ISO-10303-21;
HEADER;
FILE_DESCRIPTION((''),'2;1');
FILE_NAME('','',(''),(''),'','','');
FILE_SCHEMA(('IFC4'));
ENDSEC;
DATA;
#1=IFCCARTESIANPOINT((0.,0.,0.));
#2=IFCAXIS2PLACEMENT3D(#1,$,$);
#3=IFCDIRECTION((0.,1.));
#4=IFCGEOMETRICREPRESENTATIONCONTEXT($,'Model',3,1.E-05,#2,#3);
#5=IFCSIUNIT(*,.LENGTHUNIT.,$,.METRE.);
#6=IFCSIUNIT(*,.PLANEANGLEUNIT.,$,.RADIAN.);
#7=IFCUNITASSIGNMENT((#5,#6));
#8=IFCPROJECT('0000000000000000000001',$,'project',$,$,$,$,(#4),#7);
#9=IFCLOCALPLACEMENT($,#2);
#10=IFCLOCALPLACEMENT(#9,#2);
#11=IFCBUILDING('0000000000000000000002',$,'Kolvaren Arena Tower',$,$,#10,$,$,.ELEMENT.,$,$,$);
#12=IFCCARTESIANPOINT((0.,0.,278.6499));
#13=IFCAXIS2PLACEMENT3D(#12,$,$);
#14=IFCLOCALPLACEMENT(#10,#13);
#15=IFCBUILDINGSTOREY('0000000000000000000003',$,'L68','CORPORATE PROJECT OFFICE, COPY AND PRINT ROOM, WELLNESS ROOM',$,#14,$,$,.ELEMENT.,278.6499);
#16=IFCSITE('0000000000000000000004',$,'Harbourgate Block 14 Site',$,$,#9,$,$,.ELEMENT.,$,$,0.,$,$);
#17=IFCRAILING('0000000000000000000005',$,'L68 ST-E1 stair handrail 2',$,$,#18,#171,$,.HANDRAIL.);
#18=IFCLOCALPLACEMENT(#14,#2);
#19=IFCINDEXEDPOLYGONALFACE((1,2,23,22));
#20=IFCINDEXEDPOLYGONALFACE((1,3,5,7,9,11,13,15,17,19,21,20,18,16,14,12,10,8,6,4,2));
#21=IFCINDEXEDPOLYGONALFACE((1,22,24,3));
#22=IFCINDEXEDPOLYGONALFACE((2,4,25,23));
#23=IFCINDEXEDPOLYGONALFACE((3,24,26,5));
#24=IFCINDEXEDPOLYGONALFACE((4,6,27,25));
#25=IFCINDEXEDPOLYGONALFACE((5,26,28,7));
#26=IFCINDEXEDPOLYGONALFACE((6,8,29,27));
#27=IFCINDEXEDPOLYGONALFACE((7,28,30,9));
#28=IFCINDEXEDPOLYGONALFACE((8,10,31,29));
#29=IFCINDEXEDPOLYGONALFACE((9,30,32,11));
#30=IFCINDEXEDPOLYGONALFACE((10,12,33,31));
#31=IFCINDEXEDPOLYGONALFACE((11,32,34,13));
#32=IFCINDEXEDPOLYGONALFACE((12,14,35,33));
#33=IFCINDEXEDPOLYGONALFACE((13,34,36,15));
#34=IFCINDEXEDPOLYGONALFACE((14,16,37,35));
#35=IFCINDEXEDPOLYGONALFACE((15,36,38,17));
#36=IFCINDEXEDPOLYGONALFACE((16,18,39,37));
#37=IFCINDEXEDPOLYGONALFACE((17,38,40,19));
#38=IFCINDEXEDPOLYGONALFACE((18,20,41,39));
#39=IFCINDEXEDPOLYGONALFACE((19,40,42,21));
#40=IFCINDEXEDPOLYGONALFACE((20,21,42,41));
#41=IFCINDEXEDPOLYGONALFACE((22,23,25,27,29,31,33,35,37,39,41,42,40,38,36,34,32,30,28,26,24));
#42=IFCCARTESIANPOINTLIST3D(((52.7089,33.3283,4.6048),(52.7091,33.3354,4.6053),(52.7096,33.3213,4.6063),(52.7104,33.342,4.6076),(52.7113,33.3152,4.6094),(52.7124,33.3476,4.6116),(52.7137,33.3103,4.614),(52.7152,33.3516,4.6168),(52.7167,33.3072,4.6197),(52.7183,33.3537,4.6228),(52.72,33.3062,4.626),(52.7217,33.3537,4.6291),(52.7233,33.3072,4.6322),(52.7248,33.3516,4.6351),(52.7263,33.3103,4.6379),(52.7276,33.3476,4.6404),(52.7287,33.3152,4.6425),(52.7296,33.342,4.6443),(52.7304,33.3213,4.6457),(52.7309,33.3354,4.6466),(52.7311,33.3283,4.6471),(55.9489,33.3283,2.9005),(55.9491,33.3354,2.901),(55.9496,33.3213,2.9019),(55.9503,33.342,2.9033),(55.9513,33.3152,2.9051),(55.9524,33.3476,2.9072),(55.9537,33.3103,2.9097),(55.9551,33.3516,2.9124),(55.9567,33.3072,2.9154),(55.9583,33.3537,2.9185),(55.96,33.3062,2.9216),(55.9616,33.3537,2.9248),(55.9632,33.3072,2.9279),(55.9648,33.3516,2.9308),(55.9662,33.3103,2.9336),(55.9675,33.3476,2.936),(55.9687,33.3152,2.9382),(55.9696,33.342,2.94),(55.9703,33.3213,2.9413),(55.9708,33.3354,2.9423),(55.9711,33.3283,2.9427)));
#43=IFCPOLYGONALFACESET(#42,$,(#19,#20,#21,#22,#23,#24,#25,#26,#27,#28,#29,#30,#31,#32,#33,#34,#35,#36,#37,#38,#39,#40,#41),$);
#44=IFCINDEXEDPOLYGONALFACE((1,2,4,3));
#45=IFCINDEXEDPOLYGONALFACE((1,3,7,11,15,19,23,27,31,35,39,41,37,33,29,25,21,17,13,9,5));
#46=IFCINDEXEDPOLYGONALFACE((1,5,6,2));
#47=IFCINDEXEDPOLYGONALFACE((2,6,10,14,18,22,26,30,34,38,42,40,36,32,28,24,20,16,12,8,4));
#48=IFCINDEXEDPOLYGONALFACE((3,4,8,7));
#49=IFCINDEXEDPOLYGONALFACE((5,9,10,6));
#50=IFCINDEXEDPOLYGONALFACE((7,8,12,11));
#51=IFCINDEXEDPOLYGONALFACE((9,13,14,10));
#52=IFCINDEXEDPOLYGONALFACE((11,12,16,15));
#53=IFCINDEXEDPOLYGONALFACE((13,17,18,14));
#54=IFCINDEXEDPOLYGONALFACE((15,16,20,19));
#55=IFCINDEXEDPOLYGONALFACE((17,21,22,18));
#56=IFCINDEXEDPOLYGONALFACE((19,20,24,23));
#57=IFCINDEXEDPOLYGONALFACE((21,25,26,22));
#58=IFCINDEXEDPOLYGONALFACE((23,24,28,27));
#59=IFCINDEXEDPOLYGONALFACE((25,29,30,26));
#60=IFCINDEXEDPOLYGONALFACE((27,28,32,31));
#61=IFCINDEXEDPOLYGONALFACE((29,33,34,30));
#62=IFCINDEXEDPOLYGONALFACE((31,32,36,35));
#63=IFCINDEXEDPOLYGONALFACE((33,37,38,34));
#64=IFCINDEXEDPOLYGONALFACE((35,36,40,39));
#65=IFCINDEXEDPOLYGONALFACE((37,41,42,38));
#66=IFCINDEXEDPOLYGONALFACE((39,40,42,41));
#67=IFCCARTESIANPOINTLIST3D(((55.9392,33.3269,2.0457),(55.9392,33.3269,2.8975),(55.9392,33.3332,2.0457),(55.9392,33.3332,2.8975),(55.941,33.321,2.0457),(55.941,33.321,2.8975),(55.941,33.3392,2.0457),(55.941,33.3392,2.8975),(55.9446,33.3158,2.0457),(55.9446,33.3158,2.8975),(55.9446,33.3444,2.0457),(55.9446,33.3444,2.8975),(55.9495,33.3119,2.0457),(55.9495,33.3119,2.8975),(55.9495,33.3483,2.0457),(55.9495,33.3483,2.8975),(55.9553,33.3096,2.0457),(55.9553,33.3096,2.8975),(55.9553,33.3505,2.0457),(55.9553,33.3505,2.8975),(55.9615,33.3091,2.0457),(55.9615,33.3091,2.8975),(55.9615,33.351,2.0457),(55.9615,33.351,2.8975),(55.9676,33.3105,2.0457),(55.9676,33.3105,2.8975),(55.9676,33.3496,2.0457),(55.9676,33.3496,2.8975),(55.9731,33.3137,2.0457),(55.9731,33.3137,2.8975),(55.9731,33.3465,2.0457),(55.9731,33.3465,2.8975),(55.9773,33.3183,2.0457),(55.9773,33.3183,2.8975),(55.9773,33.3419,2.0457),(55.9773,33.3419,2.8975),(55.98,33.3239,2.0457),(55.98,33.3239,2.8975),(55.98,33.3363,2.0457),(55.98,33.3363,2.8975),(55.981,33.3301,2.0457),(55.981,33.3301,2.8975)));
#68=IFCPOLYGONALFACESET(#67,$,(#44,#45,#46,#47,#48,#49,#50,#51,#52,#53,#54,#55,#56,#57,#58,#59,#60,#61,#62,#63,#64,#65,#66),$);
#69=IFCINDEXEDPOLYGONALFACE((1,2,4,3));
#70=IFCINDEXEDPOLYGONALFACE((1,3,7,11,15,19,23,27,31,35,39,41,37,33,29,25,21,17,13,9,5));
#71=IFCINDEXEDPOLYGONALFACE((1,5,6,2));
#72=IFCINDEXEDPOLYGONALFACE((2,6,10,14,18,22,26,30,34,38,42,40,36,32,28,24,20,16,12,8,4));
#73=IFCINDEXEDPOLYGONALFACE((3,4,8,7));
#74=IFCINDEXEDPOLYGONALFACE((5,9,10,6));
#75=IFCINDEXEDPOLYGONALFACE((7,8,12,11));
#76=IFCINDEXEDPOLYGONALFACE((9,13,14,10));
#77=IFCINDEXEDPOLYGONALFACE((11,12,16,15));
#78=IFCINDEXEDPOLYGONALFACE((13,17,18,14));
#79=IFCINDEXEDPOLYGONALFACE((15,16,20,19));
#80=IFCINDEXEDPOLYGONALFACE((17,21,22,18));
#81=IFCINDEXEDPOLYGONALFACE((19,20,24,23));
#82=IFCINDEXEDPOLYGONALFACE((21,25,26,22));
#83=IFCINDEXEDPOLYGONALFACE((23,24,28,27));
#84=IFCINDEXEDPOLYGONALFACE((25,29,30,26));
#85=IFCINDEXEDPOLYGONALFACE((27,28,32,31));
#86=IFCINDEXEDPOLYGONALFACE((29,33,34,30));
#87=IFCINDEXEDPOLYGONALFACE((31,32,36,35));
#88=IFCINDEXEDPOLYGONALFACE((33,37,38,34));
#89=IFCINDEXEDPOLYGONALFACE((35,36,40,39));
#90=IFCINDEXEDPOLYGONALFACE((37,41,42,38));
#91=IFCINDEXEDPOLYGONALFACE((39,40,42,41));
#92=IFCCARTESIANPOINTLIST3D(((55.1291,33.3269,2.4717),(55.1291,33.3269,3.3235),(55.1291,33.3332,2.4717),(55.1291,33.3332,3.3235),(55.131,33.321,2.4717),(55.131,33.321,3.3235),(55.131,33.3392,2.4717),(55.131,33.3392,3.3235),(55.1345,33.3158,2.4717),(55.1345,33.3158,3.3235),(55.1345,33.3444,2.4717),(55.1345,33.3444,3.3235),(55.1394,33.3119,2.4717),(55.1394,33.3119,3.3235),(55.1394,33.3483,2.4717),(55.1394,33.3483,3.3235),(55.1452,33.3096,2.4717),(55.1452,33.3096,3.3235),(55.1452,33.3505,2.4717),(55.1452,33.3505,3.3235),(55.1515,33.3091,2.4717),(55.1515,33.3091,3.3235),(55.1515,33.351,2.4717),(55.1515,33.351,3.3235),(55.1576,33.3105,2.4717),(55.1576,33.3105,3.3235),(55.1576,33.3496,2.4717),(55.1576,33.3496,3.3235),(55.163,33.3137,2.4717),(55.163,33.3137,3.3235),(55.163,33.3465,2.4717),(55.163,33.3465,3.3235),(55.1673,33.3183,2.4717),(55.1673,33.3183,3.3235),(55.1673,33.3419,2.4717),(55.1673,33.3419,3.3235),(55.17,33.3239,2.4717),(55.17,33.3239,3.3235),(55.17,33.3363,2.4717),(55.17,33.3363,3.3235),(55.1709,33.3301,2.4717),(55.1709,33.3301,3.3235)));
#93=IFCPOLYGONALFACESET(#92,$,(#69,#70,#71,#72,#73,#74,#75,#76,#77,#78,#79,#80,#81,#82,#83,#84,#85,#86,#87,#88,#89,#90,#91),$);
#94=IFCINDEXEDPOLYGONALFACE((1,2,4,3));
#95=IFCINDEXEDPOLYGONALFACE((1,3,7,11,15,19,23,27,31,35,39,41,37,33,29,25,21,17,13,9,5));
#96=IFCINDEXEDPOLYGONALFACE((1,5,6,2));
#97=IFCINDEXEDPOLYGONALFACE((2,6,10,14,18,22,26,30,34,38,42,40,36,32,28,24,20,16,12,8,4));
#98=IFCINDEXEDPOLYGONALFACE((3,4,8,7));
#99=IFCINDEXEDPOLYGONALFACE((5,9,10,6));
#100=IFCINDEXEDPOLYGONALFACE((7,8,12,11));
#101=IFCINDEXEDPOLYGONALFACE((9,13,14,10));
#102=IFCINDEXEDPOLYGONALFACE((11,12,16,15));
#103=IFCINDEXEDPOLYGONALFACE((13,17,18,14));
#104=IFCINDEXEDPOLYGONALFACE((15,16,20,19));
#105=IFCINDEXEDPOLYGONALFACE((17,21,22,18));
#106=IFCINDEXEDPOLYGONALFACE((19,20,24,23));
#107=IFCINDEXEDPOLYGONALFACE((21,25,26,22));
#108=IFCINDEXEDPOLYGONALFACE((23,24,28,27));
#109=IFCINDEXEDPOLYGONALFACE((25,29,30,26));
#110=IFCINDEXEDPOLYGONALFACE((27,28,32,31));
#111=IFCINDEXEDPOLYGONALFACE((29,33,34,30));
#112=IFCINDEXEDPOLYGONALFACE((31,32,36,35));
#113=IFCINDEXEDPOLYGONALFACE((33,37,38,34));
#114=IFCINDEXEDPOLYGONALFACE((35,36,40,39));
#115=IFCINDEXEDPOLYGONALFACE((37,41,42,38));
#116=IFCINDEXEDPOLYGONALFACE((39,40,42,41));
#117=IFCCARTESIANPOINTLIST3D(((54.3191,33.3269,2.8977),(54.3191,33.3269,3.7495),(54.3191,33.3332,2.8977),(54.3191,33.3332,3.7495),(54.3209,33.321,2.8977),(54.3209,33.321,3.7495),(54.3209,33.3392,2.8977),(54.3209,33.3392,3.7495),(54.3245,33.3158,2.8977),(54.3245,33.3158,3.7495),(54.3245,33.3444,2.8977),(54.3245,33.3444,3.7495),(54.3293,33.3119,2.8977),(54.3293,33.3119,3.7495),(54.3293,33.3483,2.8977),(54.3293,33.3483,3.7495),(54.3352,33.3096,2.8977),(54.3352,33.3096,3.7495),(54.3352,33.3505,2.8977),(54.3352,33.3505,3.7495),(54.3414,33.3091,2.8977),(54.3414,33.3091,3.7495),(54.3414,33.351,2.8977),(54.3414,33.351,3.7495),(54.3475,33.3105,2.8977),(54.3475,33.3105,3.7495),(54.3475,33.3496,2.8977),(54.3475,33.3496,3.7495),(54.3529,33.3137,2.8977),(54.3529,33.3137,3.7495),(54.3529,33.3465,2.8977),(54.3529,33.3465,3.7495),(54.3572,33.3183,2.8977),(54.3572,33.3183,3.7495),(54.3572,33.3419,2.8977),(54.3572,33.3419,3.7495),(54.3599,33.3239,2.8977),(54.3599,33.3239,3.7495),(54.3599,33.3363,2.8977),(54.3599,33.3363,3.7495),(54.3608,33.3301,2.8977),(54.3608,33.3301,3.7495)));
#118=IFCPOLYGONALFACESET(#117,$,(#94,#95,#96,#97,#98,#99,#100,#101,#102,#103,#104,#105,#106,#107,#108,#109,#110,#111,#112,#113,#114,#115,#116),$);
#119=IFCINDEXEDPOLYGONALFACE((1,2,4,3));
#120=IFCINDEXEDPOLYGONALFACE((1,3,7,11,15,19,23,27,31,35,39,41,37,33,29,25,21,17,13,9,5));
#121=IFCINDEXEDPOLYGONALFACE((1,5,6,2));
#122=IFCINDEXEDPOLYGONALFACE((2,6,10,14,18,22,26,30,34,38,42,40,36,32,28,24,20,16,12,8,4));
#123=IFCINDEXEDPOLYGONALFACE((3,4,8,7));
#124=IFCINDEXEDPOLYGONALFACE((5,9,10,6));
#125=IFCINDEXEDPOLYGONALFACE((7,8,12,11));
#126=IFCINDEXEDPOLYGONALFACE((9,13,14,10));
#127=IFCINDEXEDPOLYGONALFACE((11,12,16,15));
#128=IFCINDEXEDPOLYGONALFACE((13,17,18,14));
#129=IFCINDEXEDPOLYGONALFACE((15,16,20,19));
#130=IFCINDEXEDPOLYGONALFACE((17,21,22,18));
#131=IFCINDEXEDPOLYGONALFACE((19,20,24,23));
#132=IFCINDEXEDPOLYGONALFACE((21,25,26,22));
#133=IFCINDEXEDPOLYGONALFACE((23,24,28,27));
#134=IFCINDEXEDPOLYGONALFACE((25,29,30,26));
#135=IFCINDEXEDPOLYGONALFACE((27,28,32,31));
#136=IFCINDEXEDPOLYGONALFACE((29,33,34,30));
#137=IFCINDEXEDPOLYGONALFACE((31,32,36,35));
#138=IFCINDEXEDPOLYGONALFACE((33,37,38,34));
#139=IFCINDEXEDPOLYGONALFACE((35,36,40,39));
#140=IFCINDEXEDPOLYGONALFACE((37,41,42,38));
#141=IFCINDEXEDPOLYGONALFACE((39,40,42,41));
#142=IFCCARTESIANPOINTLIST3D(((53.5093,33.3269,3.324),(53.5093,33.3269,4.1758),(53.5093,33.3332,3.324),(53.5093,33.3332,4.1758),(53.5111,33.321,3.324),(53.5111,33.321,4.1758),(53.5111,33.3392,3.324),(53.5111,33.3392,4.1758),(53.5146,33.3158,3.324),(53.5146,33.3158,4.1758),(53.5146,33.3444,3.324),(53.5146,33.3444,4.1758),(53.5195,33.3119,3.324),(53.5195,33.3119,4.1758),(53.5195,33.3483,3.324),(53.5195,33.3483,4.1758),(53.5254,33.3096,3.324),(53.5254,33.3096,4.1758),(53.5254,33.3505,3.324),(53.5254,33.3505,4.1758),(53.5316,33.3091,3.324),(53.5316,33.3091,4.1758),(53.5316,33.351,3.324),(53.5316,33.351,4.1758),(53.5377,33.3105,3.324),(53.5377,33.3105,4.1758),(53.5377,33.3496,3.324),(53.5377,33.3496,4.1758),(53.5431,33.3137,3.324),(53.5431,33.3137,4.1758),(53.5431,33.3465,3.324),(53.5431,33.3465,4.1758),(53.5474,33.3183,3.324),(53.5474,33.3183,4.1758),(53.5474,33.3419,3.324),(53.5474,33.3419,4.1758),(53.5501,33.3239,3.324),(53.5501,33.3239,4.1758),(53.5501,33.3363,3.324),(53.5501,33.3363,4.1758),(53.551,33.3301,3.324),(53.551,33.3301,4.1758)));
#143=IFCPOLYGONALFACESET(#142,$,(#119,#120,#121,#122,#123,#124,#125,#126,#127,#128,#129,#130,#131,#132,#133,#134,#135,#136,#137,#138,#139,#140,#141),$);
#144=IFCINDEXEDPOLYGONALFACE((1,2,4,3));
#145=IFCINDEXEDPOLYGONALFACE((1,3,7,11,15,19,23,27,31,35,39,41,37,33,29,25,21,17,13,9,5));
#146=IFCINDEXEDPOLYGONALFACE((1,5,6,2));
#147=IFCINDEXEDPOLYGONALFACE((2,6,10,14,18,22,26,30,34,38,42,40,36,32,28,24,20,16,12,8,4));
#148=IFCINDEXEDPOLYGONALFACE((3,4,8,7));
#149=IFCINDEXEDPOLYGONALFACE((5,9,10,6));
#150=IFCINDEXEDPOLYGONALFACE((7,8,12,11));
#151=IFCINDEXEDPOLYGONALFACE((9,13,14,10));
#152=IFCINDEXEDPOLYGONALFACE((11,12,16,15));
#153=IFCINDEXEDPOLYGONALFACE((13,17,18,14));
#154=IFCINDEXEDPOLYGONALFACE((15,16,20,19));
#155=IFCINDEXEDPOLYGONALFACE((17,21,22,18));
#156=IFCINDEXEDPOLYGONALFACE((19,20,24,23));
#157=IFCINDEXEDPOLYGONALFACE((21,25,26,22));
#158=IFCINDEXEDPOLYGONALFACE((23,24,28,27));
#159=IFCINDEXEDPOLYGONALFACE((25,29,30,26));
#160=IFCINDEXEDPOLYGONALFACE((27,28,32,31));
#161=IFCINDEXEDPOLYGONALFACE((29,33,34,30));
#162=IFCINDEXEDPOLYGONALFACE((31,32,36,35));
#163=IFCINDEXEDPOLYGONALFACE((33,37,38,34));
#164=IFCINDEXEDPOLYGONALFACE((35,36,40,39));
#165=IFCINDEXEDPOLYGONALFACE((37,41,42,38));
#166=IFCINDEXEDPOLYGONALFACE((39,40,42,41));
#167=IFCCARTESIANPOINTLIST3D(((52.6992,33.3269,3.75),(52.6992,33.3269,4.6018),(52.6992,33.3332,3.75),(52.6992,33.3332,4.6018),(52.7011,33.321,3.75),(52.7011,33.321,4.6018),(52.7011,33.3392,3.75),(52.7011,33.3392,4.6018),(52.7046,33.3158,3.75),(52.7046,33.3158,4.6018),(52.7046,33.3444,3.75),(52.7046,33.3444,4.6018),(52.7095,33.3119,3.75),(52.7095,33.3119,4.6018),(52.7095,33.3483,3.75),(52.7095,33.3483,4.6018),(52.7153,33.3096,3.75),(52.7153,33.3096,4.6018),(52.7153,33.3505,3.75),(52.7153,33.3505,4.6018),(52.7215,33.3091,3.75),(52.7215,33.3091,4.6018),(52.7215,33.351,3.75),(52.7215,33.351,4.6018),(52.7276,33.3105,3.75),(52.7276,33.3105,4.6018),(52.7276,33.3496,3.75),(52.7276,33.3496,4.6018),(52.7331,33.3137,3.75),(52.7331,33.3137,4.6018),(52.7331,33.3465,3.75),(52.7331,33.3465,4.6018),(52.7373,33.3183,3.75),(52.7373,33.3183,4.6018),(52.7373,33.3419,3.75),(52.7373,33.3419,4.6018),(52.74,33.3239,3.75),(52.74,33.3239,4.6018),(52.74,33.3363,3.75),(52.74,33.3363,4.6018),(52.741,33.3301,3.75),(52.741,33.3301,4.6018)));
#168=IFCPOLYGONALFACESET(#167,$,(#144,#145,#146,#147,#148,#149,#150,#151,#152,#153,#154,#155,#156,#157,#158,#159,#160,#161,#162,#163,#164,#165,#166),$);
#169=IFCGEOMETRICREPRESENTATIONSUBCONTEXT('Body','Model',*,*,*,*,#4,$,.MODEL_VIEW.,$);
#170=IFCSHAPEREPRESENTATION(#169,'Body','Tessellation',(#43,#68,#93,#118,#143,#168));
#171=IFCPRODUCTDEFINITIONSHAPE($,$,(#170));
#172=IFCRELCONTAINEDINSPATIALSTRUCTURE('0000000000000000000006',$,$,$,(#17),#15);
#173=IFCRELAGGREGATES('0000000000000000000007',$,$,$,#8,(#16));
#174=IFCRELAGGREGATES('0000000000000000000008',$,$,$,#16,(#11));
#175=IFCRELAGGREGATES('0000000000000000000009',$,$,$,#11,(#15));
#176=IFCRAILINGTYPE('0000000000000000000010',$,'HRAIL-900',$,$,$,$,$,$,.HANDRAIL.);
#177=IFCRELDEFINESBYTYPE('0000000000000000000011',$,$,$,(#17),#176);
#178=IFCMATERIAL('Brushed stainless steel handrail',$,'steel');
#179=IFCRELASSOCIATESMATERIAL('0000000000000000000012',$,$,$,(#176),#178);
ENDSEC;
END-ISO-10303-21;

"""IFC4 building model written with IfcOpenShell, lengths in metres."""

from ifc_helpers import new_model, si_unit, direction, frame, origin, origin_2d, place, context, subcontext, project, spatial, circle, extrude, material, type_object, element, save


model = new_model("IFC4")

# Units and contexts
model_context = context("Model", 3, precision=1e-05, world=origin(), true_north=direction((0.0, 1.0)))
body_context = subcontext(model_context, "Body", "Model", "MODEL_VIEW")
ifc_project = project(units=[si_unit("LENGTHUNIT", "METRE"), si_unit("PLANEANGLEUNIT", "RADIAN")], contexts=[model_context])

# Site, building, storey
site_placement = place(None, origin())
site = spatial("IfcSite", under=ifc_project, at=site_placement, Name="Harbourgate Block 14 Site", CompositionType="ELEMENT", RefElevation=0.0)
building_placement = place(site_placement, origin())
building = spatial("IfcBuilding", under=site, at=building_placement, Name="Kolvaren Arena Tower", CompositionType="ELEMENT")
storey_placement = place(building_placement, frame((0.0, 0.0, 278.6499)))
storey = spatial("IfcBuildingStorey", under=building, at=storey_placement, Name="L68", Description="CORPORATE PROJECT OFFICE, COPY AND PRINT ROOM, WELLNESS ROOM", CompositionType="ELEMENT", Elevation=278.6499)

# Railing
ifc_material_1 = material(Name="Brushed stainless steel handrail", Category="steel")
railing_type_1 = type_object("IfcRailingType", Name="HRAIL-900", PredefinedType="HANDRAIL", material=ifc_material_1)
railing_1_placement = place(storey_placement, frame((55.96, 33.3301, 2.0457)))
element("IfcRailing", 1, at=railing_1_placement, inside=storey, type_object=railing_type_1, Name="L68 ST-E1 stair handrail 2", PredefinedType="HANDRAIL", context=body_context, shape_type="SweptSolid", body=[
    extrude(circle(Radius=0.0239, at=origin_2d()), frame((0.0, 0.0, 0.876), z_axis=(-0.885021, 0.0, 0.465551), x_axis=(0.0, -1.0, 0.0)), (0.0, 0.0, 1.0), 3.6609),
    extrude(circle(Radius=0.021, at=origin_2d()), origin(), (0.0, 0.0, 1.0), 0.8518),
    extrude(circle(Radius=0.021, at=origin_2d()), frame((-0.8101, 0.0, 0.426)), (0.0, 0.0, 1.0), 0.8518),
    extrude(circle(Radius=0.021, at=origin_2d()), frame((-1.6201, 0.0, 0.8521)), (0.0, 0.0, 1.0), 0.8518),
    extrude(circle(Radius=0.021, at=origin_2d()), frame((-2.4299, 0.0, 1.2783)), (0.0, 0.0, 1.0), 0.8518),
    extrude(circle(Radius=0.021, at=origin_2d()), frame((-3.24, 0.0, 1.7043)), (0.0, 0.0, 1.0), 0.8518),
])

save(model, "model.ifc")
